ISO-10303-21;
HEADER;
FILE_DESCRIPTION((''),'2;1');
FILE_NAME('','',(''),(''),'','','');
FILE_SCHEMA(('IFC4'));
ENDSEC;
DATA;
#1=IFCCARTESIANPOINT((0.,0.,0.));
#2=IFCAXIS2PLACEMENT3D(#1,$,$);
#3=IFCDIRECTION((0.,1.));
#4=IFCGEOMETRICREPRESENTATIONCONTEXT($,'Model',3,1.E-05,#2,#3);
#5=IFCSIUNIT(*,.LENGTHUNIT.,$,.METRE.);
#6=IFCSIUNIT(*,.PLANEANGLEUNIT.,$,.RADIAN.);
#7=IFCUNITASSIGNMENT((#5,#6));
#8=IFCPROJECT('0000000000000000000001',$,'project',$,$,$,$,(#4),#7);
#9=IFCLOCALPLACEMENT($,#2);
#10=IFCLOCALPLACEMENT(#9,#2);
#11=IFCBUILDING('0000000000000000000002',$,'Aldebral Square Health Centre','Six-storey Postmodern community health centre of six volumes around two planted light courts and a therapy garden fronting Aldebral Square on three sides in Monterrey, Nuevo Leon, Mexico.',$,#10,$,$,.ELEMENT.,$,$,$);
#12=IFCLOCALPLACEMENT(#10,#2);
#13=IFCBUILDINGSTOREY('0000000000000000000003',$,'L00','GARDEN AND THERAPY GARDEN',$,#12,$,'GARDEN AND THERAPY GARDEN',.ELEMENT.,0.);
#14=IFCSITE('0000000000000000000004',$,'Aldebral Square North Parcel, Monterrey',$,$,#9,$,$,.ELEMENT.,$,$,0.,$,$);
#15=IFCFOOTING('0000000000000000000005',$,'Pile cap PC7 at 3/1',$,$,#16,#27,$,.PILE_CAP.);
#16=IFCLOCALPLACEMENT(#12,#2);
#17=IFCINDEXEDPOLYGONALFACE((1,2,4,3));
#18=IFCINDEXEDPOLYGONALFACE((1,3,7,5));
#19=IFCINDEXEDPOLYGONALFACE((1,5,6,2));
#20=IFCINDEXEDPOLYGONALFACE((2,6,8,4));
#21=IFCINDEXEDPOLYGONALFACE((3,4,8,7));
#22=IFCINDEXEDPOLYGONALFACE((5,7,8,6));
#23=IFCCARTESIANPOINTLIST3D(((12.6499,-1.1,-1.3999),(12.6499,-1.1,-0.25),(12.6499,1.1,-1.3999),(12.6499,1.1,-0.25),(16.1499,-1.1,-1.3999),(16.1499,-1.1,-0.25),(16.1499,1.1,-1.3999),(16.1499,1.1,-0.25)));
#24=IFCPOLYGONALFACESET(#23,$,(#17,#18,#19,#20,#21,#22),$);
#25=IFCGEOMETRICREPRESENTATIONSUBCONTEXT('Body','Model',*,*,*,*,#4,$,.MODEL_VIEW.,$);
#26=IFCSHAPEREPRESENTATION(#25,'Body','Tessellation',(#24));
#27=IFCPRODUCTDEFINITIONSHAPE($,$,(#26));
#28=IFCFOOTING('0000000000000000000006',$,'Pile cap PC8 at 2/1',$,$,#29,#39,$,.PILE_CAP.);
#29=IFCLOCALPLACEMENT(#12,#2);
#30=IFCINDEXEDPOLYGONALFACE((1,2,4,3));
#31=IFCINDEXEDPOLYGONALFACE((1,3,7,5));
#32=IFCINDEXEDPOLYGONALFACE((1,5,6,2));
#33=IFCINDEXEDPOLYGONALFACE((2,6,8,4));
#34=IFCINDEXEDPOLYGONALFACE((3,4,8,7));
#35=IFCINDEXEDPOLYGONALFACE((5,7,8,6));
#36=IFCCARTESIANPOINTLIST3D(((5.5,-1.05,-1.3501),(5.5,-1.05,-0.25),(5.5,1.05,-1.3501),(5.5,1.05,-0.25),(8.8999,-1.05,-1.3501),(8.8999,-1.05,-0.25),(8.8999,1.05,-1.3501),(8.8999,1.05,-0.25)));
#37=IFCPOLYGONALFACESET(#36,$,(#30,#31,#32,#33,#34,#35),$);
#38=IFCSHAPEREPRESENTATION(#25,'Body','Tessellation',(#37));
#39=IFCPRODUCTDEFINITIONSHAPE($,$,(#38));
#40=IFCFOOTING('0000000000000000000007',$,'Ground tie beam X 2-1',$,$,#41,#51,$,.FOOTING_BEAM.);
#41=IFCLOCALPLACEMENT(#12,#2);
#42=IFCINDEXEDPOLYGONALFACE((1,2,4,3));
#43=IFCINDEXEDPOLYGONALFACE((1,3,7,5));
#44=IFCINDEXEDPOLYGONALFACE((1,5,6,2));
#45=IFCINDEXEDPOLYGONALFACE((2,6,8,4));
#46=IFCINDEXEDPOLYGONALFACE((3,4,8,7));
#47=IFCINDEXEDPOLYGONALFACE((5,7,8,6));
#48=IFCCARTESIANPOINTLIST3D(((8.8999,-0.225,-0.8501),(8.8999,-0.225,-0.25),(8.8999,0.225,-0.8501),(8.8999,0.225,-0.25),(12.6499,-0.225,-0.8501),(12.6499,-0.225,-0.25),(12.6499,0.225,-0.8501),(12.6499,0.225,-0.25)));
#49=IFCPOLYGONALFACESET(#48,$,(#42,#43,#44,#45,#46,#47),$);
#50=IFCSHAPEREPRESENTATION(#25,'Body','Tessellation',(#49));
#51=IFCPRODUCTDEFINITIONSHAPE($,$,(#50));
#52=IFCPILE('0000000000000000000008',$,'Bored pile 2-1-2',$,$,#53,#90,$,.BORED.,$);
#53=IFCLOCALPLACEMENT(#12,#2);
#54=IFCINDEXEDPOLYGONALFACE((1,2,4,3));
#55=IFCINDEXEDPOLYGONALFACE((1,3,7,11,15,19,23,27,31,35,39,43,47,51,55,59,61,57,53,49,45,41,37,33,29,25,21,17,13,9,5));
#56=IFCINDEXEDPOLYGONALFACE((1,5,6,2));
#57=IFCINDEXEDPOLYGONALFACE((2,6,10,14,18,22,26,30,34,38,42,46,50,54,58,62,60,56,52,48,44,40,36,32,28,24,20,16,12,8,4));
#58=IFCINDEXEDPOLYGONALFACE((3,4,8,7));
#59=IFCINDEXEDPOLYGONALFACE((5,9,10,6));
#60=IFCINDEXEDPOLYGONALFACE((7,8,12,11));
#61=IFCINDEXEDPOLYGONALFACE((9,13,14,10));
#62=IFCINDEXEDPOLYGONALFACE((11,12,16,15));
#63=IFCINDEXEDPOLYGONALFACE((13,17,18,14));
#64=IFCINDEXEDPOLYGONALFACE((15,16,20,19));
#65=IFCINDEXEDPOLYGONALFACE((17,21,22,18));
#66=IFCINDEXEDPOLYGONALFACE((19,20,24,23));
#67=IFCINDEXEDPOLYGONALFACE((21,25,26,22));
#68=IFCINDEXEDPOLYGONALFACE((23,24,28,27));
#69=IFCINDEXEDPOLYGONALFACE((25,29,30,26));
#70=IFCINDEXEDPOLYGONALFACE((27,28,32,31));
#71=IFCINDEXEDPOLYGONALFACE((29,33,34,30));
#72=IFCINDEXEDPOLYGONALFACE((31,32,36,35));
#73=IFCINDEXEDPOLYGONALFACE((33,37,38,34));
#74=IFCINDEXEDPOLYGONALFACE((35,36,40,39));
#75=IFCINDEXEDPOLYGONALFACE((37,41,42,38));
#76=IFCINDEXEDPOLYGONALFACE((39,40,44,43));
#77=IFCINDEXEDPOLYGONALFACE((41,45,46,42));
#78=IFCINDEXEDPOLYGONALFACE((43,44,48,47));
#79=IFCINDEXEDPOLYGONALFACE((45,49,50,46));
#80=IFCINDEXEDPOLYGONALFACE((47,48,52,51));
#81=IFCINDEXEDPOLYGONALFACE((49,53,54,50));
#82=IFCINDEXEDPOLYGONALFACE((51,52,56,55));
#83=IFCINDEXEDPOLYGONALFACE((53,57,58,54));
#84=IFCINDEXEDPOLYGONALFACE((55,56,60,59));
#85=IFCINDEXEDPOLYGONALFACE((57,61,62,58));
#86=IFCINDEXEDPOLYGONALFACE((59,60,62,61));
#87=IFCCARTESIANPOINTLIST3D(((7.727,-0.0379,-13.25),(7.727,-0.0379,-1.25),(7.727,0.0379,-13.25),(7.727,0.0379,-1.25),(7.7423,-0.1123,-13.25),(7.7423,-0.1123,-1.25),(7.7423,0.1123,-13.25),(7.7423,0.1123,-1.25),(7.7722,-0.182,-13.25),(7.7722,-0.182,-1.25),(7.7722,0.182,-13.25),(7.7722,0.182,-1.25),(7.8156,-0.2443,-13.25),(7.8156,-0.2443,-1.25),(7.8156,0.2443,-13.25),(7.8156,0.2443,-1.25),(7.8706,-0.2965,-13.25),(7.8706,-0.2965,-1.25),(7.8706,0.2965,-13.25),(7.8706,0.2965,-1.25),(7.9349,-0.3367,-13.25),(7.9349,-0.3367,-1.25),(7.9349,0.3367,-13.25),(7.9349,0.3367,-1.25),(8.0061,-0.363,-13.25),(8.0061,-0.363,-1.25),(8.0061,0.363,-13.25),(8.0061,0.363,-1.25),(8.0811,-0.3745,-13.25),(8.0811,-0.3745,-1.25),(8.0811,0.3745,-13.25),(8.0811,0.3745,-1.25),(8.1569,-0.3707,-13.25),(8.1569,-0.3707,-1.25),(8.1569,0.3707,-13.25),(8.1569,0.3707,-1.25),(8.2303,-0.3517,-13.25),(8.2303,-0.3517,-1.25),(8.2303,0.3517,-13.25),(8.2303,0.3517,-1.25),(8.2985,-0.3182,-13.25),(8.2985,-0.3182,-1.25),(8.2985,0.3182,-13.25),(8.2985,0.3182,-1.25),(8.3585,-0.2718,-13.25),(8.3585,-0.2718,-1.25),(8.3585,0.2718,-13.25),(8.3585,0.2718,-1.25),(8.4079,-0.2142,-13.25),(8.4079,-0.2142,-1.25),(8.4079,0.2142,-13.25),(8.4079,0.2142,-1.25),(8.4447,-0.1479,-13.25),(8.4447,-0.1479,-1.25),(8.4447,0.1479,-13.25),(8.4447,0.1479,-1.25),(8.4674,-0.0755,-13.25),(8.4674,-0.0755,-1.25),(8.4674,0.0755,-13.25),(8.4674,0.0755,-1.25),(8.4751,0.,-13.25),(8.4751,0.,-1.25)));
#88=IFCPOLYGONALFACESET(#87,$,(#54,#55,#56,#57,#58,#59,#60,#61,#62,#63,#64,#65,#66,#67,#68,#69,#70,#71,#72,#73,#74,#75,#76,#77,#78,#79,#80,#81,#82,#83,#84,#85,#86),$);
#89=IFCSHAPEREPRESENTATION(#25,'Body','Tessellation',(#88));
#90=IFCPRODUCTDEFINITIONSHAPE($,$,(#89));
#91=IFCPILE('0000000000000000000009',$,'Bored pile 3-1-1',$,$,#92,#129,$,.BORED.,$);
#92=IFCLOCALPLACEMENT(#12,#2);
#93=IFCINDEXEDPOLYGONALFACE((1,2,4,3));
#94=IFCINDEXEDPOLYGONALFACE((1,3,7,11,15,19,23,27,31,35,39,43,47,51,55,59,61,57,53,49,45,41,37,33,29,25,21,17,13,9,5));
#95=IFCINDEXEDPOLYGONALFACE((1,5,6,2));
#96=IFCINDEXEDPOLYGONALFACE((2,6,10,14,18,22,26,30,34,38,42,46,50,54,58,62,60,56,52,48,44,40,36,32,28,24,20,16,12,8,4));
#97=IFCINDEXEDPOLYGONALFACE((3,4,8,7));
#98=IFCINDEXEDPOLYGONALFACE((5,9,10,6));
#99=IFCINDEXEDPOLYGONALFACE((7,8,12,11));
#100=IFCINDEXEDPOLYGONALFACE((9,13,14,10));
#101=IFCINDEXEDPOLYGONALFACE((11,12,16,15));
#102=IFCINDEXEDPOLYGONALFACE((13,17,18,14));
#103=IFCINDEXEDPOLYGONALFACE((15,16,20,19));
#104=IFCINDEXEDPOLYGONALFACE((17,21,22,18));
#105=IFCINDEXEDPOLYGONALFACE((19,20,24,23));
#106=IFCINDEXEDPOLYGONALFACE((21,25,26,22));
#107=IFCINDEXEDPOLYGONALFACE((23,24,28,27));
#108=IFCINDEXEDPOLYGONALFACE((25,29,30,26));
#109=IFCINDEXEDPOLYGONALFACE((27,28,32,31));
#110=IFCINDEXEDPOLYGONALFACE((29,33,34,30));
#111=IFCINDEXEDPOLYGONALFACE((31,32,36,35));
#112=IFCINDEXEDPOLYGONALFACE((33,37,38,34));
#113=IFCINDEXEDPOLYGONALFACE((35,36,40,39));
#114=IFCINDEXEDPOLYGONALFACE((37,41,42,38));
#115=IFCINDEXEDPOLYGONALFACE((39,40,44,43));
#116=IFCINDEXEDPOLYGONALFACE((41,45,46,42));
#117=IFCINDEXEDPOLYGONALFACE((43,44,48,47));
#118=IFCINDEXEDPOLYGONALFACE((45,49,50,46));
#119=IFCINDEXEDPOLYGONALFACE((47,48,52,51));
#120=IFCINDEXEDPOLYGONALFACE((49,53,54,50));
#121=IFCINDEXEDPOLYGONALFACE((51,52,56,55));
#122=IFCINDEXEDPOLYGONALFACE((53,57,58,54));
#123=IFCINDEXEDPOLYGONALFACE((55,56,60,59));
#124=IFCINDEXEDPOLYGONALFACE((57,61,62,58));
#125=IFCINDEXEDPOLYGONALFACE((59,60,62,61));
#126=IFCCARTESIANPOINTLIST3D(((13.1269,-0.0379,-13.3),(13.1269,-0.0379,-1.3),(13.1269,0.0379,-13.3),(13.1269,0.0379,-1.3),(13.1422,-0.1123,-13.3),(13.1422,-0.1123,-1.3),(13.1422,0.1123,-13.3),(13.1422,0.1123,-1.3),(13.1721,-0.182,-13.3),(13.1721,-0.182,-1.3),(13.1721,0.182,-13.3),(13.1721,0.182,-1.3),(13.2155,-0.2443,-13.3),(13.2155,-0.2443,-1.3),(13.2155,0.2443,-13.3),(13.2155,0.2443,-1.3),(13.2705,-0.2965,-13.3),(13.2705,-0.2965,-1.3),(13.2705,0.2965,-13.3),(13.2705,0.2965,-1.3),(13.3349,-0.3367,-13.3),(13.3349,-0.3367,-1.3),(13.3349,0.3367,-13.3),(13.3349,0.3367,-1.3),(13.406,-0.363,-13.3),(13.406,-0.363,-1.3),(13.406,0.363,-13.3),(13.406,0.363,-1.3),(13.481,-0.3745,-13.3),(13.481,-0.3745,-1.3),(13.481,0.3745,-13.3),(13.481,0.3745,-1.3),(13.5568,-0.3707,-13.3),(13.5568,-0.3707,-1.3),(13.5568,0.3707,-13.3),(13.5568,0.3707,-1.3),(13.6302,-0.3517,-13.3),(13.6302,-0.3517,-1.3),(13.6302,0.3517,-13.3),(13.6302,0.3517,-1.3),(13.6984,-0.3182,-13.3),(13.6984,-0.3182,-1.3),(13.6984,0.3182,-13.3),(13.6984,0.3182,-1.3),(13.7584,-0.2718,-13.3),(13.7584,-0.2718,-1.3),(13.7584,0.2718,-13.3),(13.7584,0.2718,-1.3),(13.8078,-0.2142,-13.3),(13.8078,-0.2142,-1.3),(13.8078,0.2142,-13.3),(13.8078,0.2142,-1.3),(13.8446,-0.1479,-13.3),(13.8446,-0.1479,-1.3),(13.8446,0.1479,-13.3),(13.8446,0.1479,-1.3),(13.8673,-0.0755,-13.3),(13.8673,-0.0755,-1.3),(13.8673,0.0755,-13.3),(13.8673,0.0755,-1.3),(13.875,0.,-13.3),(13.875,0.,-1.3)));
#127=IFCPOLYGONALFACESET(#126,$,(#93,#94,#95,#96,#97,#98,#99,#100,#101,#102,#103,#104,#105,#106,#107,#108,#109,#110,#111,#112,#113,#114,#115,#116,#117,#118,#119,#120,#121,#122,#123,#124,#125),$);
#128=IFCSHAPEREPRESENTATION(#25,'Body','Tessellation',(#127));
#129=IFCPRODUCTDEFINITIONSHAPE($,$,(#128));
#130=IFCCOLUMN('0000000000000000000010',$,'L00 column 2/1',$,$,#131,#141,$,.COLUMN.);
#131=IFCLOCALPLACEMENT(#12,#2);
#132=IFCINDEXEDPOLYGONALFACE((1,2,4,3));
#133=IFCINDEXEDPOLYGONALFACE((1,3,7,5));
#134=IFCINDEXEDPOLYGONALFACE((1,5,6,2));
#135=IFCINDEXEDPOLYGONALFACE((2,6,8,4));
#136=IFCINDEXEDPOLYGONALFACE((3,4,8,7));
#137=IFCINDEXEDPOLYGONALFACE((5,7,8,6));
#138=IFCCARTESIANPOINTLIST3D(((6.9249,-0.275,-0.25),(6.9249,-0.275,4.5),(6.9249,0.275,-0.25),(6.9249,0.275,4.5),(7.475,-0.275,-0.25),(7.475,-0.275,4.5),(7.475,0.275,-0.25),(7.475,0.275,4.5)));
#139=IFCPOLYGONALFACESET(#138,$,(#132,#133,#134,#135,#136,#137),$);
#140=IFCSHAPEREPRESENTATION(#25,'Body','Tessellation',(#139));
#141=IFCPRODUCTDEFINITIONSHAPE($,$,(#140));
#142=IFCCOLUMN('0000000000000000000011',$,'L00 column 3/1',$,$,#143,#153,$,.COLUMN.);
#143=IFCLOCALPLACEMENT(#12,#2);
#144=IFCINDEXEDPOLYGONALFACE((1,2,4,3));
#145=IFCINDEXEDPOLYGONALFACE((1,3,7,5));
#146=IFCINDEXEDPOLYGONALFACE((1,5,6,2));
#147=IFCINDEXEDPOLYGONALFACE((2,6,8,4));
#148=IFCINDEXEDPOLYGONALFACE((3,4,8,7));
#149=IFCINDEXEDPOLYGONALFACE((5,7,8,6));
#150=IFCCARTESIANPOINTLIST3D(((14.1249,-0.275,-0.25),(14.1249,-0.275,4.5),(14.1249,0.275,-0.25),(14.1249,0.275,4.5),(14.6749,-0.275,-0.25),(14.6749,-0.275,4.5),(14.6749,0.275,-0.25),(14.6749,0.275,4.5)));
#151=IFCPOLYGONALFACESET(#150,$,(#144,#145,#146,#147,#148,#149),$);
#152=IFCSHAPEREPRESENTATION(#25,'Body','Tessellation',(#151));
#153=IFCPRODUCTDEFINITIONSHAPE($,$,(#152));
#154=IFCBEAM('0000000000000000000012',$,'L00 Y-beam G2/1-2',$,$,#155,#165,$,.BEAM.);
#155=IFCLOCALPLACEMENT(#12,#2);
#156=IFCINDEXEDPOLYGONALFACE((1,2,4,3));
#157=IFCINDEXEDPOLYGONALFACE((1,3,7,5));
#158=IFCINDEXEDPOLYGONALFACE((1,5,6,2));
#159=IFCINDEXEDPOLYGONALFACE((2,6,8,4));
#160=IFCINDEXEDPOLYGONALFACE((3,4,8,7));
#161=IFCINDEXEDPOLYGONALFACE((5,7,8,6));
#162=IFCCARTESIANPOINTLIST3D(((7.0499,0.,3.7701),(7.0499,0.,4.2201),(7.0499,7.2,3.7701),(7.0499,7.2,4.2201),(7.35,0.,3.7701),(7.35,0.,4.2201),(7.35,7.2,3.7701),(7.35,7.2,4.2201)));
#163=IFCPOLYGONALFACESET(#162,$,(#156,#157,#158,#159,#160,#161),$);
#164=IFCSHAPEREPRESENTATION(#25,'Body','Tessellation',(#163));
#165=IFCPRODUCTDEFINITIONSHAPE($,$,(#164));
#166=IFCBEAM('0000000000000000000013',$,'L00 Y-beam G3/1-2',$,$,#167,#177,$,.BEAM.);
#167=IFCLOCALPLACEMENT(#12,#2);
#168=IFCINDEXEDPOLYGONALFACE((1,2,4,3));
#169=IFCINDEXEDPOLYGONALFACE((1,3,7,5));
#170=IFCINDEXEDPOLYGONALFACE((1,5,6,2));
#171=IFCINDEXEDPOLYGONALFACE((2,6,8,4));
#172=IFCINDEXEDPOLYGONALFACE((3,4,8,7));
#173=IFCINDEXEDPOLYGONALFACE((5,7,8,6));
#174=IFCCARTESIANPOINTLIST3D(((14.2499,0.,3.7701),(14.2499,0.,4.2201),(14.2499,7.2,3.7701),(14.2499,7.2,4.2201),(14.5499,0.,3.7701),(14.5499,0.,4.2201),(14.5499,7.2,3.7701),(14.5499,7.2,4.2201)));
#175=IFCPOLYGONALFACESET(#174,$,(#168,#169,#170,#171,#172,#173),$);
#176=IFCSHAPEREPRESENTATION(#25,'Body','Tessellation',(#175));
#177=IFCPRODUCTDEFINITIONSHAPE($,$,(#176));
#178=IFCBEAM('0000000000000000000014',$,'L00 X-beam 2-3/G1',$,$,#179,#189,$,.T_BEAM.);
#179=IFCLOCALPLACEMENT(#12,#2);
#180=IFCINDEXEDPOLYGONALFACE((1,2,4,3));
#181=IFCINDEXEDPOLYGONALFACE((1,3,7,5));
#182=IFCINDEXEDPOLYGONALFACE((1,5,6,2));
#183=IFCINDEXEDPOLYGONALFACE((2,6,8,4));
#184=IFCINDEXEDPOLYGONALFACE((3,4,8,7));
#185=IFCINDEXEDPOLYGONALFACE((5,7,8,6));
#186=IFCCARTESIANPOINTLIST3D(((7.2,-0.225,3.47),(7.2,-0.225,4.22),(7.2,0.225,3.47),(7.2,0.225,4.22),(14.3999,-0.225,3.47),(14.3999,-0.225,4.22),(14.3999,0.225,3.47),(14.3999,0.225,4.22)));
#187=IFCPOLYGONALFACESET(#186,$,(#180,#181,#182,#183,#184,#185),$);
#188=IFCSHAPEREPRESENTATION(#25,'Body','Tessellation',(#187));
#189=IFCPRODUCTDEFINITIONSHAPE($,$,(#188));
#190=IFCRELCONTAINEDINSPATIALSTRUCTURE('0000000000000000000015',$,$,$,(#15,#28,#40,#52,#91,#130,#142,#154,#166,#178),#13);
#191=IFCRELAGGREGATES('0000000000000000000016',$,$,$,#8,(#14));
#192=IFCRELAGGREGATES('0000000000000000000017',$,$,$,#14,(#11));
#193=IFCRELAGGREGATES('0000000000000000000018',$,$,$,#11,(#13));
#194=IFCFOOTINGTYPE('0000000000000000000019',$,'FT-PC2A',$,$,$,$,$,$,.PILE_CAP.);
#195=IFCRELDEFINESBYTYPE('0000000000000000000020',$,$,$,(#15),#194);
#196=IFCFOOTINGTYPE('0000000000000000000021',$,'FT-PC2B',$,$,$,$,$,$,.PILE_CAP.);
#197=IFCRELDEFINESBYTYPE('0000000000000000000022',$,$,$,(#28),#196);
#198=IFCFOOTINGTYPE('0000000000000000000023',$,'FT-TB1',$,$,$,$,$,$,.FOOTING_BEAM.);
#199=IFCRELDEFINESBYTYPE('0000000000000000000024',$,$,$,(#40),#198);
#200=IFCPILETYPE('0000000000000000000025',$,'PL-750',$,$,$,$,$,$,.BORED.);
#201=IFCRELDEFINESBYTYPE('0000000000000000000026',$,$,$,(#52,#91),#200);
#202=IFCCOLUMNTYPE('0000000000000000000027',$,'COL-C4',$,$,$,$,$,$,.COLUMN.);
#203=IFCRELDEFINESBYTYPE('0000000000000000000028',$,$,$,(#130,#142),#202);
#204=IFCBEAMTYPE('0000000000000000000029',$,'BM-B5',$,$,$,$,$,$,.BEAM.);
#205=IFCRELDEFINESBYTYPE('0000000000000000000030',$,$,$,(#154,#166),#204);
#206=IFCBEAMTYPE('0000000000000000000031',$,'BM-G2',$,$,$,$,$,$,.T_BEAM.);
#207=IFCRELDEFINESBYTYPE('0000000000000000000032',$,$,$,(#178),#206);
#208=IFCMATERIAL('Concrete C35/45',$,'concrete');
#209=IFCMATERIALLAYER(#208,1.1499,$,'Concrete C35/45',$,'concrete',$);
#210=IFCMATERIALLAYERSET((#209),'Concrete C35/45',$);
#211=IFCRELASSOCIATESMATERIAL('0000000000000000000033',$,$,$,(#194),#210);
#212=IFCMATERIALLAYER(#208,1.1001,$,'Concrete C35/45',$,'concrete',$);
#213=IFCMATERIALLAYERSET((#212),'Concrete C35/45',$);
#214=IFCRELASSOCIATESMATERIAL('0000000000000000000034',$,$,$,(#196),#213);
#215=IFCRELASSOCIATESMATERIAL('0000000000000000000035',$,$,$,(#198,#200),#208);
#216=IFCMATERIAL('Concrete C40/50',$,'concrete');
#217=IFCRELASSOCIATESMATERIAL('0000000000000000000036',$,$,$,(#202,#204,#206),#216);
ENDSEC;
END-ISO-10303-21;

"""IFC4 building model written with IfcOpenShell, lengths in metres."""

from ifc_helpers import new_model, si_unit, direction, frame, origin, origin_2d, place, context, subcontext, project, spatial, rectangle, circle, extrude, material, layer, layer_set, material_profile, profile_set, type_object, element, save


model = new_model("IFC4")

# Units and contexts
model_context = context("Model", 3, precision=1e-05, world=origin(), true_north=direction((0.0, 1.0)))
body_context = subcontext(model_context, "Body", "Model", "MODEL_VIEW")
ifc_project = project(units=[si_unit("LENGTHUNIT", "METRE"), si_unit("PLANEANGLEUNIT", "RADIAN")], contexts=[model_context])

# Site, building, storey
site_placement = place(None, origin())
site = spatial("IfcSite", under=ifc_project, at=site_placement, Name="Aldebral Square North Parcel, Monterrey", CompositionType="ELEMENT", RefElevation=0.0)
building_placement = place(site_placement, origin())
building = spatial("IfcBuilding", under=site, at=building_placement, Name="Aldebral Square Health Centre", Description="Six-storey Postmodern community health centre of six volumes around two planted light courts and a therapy garden fronting Aldebral Square on three sides in Monterrey, Nuevo Leon, Mexico.", CompositionType="ELEMENT")
storey_placement = place(building_placement, origin())
storey = spatial("IfcBuildingStorey", under=building, at=storey_placement, Name="L00", Description="GARDEN AND THERAPY GARDEN", LongName="GARDEN AND THERAPY GARDEN", CompositionType="ELEMENT", Elevation=0.0)

# Footings
ifc_material_1 = material(Name="Concrete C35/45", Category="concrete")
ifc_layer_1 = layer(ifc_material_1, 1.1499, Name="Concrete C35/45", Category="concrete")
ifc_layer_set_1 = layer_set([ifc_layer_1], Name="Concrete C35/45")
footing_type_1 = type_object("IfcFootingType", Name="FT-PC2A", PredefinedType="PILE_CAP", material=ifc_layer_set_1)
footing_1_placement = place(storey_placement, frame((14.3999, 0.0, -1.3999), z_axis=(0.0, 0.0, 1.0), x_axis=(1.0, 0.0, 0.0)))
element("IfcFooting", 1, at=footing_1_placement, inside=storey, type_object=footing_type_1, Name="Pile cap PC7 at 3/1", PredefinedType="PILE_CAP", context=body_context, shape_type="SweptSolid", body=[
    extrude(rectangle(XDim=3.5, YDim=2.2, at=origin_2d()), origin(), (0.0, 0.0, 1.0), 1.1499),
])
ifc_layer_2 = layer(ifc_material_1, 1.1001, Name="Concrete C35/45", Category="concrete")
ifc_layer_set_2 = layer_set([ifc_layer_2], Name="Concrete C35/45")
footing_type_2 = type_object("IfcFootingType", Name="FT-PC2B", PredefinedType="PILE_CAP", material=ifc_layer_set_2)
footing_2_placement = place(storey_placement, frame((7.2, 0.0, -1.3501), z_axis=(0.0, 0.0, 1.0), x_axis=(1.0, 0.0, 0.0)))
element("IfcFooting", 2, at=footing_2_placement, inside=storey, type_object=footing_type_2, Name="Pile cap PC8 at 2/1", PredefinedType="PILE_CAP", context=body_context, shape_type="SweptSolid", body=[
    extrude(rectangle(XDim=3.3999, YDim=2.1001, at=origin_2d()), origin(), (0.0, 0.0, 1.0), 1.1001),
])
ifc_material_profile_1 = material_profile(ifc_material_1, rectangle(XDim=0.45, YDim=0.6001, at=origin_2d()), Name="RC 450x600")
ifc_profile_set_1 = profile_set([ifc_material_profile_1], Name="Concrete C35/45")
footing_type_3 = type_object("IfcFootingType", Name="FT-TB1", PredefinedType="FOOTING_BEAM", material=ifc_profile_set_1)
footing_3_placement = place(storey_placement, frame((8.8999, 0.0, -0.55), z_axis=(1.0, 0.0, 0.0), x_axis=(0.0, 1.0, 0.0)))
element("IfcFooting", 3, at=footing_3_placement, inside=storey, type_object=footing_type_3, Name="Ground tie beam X 2-1", PredefinedType="FOOTING_BEAM", context=body_context, shape_type="SweptSolid", body=[
    extrude(rectangle(XDim=0.45, YDim=0.6001, at=origin_2d()), origin(), (0.0, 0.0, 1.0), 3.75),
])

# Piles
ifc_material_profile_2 = material_profile(ifc_material_1, circle(Radius=0.375, at=origin_2d()), Name="PILE D750")
ifc_profile_set_2 = profile_set([ifc_material_profile_2], Name="Concrete C35/45")
pile_type = type_object("IfcPileType", Name="PL-750", PredefinedType="BORED", material=ifc_profile_set_2)
for number, where, z_axis, x_axis, name in (
    (4, (8.1001, 0.0, -1.25), (0.0, 0.0, -1.0), (1.0, 0.0, 0.0), "Bored pile 2-1-2"),
    (5, (13.5, 0.0, -1.3), (0.0, 0.0, -1.0), (1.0, 0.0, 0.0), "Bored pile 3-1-1"),
):
    element("IfcPile", number, at=place(storey_placement, frame(where, z_axis=z_axis, x_axis=x_axis)), inside=storey, type_object=pile_type, Name=name, PredefinedType="BORED", context=body_context, shape_type="SweptSolid", body=[
        extrude(circle(Radius=0.375, at=origin_2d()), origin(), (0.0, 0.0, 1.0), 12.0),
    ])

# Columns
ifc_material_2 = material(Name="Concrete C40/50", Category="concrete")
ifc_material_profile_3 = material_profile(ifc_material_2, rectangle(XDim=0.55, YDim=0.55, at=origin_2d()), Name="RC 550x550")
ifc_profile_set_3 = profile_set([ifc_material_profile_3], Name="Concrete C40/50")
column_type = type_object("IfcColumnType", Name="COL-C4", PredefinedType="COLUMN", material=ifc_profile_set_3)
for number, where, z_axis, x_axis, name in (
    (6, (7.2, 0.0, -0.25), (0.0, 0.0, 1.0), (1.0, 0.0, 0.0), "L00 column 2/1"),
    (7, (14.3999, 0.0, -0.25), (0.0, 0.0, 1.0), (1.0, 0.0, 0.0), "L00 column 3/1"),
):
    element("IfcColumn", number, at=place(storey_placement, frame(where, z_axis=z_axis, x_axis=x_axis)), inside=storey, type_object=column_type, Name=name, PredefinedType="COLUMN", context=body_context, shape_type="SweptSolid", body=[
        extrude(rectangle(XDim=0.55, YDim=0.55, at=origin_2d()), origin(), (0.0, 0.0, 1.0), 4.75),
    ])

# Beams
ifc_material_profile_4 = material_profile(ifc_material_2, rectangle(XDim=0.3, YDim=0.45, at=origin_2d()), Name="RC 300x450")
ifc_profile_set_4 = profile_set([ifc_material_profile_4], Name="Concrete C40/50")
beam_type_1 = type_object("IfcBeamType", Name="BM-B5", PredefinedType="BEAM", material=ifc_profile_set_4)
for number, where, z_axis, x_axis, name in (
    (8, (7.2, 0.0, 3.9951), (0.0, 1.0, 0.0), (-1.0, 0.0, 0.0), "L00 Y-beam G2/1-2"),
    (9, (14.3999, 0.0, 3.9951), (0.0, 1.0, 0.0), (-1.0, 0.0, 0.0), "L00 Y-beam G3/1-2"),
):
    element("IfcBeam", number, at=place(storey_placement, frame(where, z_axis=z_axis, x_axis=x_axis)), inside=storey, type_object=beam_type_1, Name=name, PredefinedType="BEAM", context=body_context, shape_type="SweptSolid", body=[
        extrude(rectangle(XDim=0.3, YDim=0.45, at=origin_2d()), origin(), (0.0, 0.0, 1.0), 7.2),
    ])
ifc_material_profile_5 = material_profile(ifc_material_2, rectangle(XDim=0.45, YDim=0.75, at=origin_2d()), Name="RC 450x750")
ifc_profile_set_5 = profile_set([ifc_material_profile_5], Name="Concrete C40/50")
beam_type_2 = type_object("IfcBeamType", Name="BM-G2", PredefinedType="T_BEAM", material=ifc_profile_set_5)
beam_1_placement = place(storey_placement, frame((7.2, 0.0, 3.845), z_axis=(1.0, 0.0, 0.0), x_axis=(0.0, 1.0, 0.0)))
element("IfcBeam", 10, at=beam_1_placement, inside=storey, type_object=beam_type_2, Name="L00 X-beam 2-3/G1", PredefinedType="T_BEAM", context=body_context, shape_type="SweptSolid", body=[
    extrude(rectangle(XDim=0.45, YDim=0.75, at=origin_2d()), origin(), (0.0, 0.0, 1.0), 7.2),
])

save(model, "model.ifc")
